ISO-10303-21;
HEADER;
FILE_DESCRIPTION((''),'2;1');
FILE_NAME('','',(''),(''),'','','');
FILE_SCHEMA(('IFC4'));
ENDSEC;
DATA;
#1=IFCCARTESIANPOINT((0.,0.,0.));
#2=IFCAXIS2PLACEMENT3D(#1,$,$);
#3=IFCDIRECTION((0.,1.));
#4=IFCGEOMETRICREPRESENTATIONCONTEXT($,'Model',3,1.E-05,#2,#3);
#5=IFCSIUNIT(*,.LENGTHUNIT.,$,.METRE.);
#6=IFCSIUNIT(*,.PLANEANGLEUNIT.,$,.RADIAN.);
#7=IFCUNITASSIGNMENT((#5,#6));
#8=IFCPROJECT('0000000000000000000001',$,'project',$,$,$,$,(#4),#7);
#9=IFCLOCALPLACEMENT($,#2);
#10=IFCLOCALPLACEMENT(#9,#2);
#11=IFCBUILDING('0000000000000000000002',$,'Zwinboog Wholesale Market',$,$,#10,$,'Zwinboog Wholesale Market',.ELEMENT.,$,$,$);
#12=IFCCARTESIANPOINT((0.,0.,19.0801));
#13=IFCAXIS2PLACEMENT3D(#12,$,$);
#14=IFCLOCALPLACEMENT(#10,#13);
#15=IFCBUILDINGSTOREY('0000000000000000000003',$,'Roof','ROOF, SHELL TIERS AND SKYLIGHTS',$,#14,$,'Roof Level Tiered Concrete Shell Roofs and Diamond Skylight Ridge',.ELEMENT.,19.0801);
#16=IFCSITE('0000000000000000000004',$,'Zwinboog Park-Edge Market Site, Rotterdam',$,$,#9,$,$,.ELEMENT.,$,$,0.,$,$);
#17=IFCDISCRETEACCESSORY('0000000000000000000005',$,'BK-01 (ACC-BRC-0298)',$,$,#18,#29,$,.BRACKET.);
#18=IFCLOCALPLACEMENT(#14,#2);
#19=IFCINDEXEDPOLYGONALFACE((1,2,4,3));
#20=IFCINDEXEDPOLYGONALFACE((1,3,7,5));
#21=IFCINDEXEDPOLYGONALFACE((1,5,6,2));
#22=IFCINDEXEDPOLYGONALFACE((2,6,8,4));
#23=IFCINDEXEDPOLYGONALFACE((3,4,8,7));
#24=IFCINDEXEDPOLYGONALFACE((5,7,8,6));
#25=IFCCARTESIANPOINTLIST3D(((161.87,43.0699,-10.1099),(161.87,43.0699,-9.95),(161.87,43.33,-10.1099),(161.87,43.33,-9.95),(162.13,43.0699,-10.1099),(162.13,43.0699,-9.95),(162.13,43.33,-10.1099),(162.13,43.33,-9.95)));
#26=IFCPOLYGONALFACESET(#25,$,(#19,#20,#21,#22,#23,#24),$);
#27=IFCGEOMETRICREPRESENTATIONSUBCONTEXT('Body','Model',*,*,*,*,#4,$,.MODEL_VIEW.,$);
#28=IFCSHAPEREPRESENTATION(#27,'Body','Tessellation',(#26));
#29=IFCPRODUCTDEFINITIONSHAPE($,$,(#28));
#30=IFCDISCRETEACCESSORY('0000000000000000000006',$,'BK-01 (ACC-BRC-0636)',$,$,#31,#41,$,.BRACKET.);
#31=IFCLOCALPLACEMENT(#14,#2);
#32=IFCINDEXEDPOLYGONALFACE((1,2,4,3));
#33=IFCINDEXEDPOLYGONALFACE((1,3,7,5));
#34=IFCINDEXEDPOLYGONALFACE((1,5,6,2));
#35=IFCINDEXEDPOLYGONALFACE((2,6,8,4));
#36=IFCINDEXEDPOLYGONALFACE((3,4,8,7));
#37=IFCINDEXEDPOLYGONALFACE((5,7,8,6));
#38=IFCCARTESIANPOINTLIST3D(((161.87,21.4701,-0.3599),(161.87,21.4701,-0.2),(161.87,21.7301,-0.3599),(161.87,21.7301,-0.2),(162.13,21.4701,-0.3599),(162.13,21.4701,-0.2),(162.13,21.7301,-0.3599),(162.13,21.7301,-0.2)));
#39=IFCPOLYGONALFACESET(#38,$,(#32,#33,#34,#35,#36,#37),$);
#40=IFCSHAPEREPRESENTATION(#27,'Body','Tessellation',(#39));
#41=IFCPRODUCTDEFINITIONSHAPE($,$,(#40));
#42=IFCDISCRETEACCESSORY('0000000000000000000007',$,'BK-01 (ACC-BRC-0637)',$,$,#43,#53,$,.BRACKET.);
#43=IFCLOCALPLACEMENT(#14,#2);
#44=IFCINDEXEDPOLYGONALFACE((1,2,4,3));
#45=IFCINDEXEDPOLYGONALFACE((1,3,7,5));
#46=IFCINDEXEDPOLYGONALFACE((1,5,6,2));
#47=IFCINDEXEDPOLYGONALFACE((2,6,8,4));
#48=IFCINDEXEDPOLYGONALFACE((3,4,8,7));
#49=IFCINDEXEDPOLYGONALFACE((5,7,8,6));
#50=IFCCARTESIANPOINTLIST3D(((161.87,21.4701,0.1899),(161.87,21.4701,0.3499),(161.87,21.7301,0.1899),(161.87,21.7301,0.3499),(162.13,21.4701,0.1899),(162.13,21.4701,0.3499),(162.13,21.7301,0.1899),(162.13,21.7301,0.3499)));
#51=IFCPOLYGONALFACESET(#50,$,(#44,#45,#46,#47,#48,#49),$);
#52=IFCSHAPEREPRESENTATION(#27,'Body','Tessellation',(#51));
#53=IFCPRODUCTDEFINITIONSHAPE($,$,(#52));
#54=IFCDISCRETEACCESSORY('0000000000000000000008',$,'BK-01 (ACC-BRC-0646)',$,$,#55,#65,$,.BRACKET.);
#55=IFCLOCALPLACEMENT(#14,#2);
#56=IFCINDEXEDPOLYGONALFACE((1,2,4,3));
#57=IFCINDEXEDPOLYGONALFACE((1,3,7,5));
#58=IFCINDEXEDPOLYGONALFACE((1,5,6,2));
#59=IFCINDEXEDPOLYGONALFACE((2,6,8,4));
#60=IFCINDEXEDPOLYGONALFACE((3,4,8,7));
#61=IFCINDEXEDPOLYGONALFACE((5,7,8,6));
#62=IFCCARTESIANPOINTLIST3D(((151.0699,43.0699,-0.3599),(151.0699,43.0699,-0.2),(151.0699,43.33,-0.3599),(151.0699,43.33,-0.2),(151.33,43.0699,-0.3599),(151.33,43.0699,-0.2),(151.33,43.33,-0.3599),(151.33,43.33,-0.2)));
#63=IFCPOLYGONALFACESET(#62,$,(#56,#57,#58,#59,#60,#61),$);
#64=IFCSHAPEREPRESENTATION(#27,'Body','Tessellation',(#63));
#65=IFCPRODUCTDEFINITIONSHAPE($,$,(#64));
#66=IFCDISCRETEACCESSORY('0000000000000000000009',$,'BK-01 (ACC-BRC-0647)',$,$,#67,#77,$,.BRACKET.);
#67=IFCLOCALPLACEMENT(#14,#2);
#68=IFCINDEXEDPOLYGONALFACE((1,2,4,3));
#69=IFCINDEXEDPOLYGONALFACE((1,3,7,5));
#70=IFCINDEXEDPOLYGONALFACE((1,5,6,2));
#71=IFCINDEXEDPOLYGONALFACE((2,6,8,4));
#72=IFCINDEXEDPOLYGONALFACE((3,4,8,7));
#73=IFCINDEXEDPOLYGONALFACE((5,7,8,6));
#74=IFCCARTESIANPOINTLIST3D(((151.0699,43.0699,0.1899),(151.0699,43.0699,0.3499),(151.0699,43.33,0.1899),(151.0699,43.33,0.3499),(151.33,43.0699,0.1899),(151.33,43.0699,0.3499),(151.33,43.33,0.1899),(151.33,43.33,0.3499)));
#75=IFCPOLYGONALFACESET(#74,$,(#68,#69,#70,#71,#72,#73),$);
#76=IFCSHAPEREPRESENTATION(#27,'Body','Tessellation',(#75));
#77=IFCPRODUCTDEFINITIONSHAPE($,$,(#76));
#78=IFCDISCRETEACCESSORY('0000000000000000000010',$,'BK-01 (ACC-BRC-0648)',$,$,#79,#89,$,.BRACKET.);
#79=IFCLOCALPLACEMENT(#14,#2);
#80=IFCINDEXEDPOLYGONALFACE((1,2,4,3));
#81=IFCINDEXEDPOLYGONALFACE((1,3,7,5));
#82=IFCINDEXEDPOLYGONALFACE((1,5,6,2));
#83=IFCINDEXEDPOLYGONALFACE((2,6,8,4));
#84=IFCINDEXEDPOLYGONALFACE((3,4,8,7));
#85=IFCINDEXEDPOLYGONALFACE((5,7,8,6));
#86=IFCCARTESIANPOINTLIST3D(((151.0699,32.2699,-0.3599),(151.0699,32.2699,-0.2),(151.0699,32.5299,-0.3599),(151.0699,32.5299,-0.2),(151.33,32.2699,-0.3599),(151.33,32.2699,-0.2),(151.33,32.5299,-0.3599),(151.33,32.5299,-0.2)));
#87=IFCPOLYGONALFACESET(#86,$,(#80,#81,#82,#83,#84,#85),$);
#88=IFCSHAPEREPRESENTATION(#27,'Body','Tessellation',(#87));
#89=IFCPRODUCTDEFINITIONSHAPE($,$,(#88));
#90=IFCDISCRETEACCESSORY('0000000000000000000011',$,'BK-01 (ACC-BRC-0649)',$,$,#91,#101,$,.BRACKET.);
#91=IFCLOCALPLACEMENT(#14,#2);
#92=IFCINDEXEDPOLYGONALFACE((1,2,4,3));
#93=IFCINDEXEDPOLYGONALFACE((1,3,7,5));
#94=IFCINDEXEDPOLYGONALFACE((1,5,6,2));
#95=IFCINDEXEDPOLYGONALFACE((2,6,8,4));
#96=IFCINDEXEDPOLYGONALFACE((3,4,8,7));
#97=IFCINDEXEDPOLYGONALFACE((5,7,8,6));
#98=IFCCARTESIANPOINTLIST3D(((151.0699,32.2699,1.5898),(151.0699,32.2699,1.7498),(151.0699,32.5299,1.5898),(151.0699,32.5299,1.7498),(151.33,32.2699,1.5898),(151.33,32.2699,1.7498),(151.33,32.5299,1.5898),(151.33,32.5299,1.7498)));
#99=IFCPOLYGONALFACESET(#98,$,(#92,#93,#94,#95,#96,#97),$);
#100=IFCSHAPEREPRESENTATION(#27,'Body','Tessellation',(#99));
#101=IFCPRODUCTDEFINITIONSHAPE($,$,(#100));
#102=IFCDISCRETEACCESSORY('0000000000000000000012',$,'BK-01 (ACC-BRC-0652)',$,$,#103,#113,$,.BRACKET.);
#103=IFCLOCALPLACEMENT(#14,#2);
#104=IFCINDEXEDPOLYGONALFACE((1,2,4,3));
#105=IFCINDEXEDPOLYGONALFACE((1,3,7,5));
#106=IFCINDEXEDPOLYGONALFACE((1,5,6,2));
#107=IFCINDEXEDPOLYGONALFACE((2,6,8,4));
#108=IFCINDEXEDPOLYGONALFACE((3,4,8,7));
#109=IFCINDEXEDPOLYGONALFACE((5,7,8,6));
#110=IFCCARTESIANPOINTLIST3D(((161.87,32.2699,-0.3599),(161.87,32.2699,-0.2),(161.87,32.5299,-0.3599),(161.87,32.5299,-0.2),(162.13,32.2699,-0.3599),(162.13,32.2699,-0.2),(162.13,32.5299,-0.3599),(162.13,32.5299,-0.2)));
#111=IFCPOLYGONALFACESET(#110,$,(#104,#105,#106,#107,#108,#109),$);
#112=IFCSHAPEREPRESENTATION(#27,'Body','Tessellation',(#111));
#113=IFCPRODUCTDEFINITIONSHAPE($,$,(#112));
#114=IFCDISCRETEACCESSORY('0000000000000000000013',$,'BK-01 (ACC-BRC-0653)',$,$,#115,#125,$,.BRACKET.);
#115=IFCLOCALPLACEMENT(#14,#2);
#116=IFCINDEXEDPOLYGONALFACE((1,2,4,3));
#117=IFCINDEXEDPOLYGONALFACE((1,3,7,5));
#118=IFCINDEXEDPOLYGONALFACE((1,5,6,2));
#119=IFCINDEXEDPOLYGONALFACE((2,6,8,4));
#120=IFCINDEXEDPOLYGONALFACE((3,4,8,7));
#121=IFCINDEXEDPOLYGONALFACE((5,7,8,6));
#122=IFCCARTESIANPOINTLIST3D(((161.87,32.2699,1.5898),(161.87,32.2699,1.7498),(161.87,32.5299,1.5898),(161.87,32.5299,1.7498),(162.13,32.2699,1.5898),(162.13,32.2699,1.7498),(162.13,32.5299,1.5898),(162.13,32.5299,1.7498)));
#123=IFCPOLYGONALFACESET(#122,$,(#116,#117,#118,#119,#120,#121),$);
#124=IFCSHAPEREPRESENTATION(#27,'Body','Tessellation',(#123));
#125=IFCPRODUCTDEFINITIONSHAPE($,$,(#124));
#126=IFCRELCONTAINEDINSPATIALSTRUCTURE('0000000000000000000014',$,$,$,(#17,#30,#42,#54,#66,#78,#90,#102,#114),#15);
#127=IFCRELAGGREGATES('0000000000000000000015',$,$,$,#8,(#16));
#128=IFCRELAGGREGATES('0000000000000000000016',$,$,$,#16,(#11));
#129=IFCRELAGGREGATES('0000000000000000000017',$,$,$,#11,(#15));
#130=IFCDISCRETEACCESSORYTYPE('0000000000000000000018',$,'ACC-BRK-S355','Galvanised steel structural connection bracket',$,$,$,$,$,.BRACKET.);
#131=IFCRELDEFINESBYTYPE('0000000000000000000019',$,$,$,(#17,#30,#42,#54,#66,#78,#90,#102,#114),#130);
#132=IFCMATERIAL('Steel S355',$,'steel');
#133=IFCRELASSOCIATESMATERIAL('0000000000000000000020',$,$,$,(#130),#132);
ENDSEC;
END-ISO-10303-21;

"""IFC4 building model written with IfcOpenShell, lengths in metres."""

from ifc_helpers import new_model, si_unit, direction, frame, origin, origin_2d, place, context, subcontext, project, spatial, rectangle, extrude, material, type_object, element, save


model = new_model("IFC4")

# Units and contexts
model_context = context("Model", 3, precision=1e-05, world=origin(), true_north=direction((0.0, 1.0)))
body_context = subcontext(model_context, "Body", "Model", "MODEL_VIEW")
ifc_project = project(units=[si_unit("LENGTHUNIT", "METRE"), si_unit("PLANEANGLEUNIT", "RADIAN")], contexts=[model_context])

# Site, building, storey
site_placement = place(None, origin())
site = spatial("IfcSite", under=ifc_project, at=site_placement, Name="Zwinboog Park-Edge Market Site, Rotterdam", CompositionType="ELEMENT", RefElevation=0.0)
building_placement = place(site_placement, origin())
building = spatial("IfcBuilding", under=site, at=building_placement, Name="Zwinboog Wholesale Market", LongName="Zwinboog Wholesale Market", CompositionType="ELEMENT")
storey_placement = place(building_placement, frame((0.0, 0.0, 19.0801)))
storey = spatial("IfcBuildingStorey", under=building, at=storey_placement, Name="Roof", Description="ROOF, SHELL TIERS AND SKYLIGHTS", LongName="Roof Level Tiered Concrete Shell Roofs and Diamond Skylight Ridge", CompositionType="ELEMENT", Elevation=19.0801)

# Shared definitions
ifc_material_1 = material(Name="Steel S355", Category="steel")

# Discrete accessories
discrete_accessory_type = type_object("IfcDiscreteAccessoryType", Name="ACC-BRK-S355", Description="Galvanised steel structural connection bracket", PredefinedType="BRACKET", material=ifc_material_1)
for number, where, z_axis, x_axis, name in (
    (1, (162.0, 43.2, -10.1099), (0.0, 0.0, 1.0), (1.0, 0.0, 0.0), "BK-01 (ACC-BRC-0298)"),
    (2, (162.0, 21.6001, -0.3599), (0.0, 0.0, 1.0), (1.0, 0.0, 0.0), "BK-01 (ACC-BRC-0636)"),
    (3, (162.0, 21.6001, 0.1899), (0.0, 0.0, 1.0), (1.0, 0.0, 0.0), "BK-01 (ACC-BRC-0637)"),
    (4, (151.2, 43.2, -0.3599), (0.0, 0.0, 1.0), (1.0, 0.0, 0.0), "BK-01 (ACC-BRC-0646)"),
    (5, (151.2, 43.2, 0.1899), (0.0, 0.0, 1.0), (1.0, 0.0, 0.0), "BK-01 (ACC-BRC-0647)"),
    (6, (151.2, 32.3999, -0.3599), (0.0, 0.0, 1.0), (1.0, 0.0, 0.0), "BK-01 (ACC-BRC-0648)"),
    (7, (151.2, 32.3999, 1.5898), (0.0, 0.0, 1.0), (1.0, 0.0, 0.0), "BK-01 (ACC-BRC-0649)"),
    (8, (162.0, 32.3999, -0.3599), (0.0, 0.0, 1.0), (1.0, 0.0, 0.0), "BK-01 (ACC-BRC-0652)"),
    (9, (162.0, 32.3999, 1.5898), (0.0, 0.0, 1.0), (1.0, 0.0, 0.0), "BK-01 (ACC-BRC-0653)"),
):
    element("IfcDiscreteAccessory", number, at=place(storey_placement, frame(where, z_axis=z_axis, x_axis=x_axis)), inside=storey, type_object=discrete_accessory_type, Name=name, PredefinedType="BRACKET", context=body_context, shape_type="SweptSolid", body=[
        extrude(rectangle(XDim=0.26, YDim=0.26, at=origin_2d()), origin(), (0.0, 0.0, 1.0), 0.1599),
    ])

save(model, "model.ifc")
